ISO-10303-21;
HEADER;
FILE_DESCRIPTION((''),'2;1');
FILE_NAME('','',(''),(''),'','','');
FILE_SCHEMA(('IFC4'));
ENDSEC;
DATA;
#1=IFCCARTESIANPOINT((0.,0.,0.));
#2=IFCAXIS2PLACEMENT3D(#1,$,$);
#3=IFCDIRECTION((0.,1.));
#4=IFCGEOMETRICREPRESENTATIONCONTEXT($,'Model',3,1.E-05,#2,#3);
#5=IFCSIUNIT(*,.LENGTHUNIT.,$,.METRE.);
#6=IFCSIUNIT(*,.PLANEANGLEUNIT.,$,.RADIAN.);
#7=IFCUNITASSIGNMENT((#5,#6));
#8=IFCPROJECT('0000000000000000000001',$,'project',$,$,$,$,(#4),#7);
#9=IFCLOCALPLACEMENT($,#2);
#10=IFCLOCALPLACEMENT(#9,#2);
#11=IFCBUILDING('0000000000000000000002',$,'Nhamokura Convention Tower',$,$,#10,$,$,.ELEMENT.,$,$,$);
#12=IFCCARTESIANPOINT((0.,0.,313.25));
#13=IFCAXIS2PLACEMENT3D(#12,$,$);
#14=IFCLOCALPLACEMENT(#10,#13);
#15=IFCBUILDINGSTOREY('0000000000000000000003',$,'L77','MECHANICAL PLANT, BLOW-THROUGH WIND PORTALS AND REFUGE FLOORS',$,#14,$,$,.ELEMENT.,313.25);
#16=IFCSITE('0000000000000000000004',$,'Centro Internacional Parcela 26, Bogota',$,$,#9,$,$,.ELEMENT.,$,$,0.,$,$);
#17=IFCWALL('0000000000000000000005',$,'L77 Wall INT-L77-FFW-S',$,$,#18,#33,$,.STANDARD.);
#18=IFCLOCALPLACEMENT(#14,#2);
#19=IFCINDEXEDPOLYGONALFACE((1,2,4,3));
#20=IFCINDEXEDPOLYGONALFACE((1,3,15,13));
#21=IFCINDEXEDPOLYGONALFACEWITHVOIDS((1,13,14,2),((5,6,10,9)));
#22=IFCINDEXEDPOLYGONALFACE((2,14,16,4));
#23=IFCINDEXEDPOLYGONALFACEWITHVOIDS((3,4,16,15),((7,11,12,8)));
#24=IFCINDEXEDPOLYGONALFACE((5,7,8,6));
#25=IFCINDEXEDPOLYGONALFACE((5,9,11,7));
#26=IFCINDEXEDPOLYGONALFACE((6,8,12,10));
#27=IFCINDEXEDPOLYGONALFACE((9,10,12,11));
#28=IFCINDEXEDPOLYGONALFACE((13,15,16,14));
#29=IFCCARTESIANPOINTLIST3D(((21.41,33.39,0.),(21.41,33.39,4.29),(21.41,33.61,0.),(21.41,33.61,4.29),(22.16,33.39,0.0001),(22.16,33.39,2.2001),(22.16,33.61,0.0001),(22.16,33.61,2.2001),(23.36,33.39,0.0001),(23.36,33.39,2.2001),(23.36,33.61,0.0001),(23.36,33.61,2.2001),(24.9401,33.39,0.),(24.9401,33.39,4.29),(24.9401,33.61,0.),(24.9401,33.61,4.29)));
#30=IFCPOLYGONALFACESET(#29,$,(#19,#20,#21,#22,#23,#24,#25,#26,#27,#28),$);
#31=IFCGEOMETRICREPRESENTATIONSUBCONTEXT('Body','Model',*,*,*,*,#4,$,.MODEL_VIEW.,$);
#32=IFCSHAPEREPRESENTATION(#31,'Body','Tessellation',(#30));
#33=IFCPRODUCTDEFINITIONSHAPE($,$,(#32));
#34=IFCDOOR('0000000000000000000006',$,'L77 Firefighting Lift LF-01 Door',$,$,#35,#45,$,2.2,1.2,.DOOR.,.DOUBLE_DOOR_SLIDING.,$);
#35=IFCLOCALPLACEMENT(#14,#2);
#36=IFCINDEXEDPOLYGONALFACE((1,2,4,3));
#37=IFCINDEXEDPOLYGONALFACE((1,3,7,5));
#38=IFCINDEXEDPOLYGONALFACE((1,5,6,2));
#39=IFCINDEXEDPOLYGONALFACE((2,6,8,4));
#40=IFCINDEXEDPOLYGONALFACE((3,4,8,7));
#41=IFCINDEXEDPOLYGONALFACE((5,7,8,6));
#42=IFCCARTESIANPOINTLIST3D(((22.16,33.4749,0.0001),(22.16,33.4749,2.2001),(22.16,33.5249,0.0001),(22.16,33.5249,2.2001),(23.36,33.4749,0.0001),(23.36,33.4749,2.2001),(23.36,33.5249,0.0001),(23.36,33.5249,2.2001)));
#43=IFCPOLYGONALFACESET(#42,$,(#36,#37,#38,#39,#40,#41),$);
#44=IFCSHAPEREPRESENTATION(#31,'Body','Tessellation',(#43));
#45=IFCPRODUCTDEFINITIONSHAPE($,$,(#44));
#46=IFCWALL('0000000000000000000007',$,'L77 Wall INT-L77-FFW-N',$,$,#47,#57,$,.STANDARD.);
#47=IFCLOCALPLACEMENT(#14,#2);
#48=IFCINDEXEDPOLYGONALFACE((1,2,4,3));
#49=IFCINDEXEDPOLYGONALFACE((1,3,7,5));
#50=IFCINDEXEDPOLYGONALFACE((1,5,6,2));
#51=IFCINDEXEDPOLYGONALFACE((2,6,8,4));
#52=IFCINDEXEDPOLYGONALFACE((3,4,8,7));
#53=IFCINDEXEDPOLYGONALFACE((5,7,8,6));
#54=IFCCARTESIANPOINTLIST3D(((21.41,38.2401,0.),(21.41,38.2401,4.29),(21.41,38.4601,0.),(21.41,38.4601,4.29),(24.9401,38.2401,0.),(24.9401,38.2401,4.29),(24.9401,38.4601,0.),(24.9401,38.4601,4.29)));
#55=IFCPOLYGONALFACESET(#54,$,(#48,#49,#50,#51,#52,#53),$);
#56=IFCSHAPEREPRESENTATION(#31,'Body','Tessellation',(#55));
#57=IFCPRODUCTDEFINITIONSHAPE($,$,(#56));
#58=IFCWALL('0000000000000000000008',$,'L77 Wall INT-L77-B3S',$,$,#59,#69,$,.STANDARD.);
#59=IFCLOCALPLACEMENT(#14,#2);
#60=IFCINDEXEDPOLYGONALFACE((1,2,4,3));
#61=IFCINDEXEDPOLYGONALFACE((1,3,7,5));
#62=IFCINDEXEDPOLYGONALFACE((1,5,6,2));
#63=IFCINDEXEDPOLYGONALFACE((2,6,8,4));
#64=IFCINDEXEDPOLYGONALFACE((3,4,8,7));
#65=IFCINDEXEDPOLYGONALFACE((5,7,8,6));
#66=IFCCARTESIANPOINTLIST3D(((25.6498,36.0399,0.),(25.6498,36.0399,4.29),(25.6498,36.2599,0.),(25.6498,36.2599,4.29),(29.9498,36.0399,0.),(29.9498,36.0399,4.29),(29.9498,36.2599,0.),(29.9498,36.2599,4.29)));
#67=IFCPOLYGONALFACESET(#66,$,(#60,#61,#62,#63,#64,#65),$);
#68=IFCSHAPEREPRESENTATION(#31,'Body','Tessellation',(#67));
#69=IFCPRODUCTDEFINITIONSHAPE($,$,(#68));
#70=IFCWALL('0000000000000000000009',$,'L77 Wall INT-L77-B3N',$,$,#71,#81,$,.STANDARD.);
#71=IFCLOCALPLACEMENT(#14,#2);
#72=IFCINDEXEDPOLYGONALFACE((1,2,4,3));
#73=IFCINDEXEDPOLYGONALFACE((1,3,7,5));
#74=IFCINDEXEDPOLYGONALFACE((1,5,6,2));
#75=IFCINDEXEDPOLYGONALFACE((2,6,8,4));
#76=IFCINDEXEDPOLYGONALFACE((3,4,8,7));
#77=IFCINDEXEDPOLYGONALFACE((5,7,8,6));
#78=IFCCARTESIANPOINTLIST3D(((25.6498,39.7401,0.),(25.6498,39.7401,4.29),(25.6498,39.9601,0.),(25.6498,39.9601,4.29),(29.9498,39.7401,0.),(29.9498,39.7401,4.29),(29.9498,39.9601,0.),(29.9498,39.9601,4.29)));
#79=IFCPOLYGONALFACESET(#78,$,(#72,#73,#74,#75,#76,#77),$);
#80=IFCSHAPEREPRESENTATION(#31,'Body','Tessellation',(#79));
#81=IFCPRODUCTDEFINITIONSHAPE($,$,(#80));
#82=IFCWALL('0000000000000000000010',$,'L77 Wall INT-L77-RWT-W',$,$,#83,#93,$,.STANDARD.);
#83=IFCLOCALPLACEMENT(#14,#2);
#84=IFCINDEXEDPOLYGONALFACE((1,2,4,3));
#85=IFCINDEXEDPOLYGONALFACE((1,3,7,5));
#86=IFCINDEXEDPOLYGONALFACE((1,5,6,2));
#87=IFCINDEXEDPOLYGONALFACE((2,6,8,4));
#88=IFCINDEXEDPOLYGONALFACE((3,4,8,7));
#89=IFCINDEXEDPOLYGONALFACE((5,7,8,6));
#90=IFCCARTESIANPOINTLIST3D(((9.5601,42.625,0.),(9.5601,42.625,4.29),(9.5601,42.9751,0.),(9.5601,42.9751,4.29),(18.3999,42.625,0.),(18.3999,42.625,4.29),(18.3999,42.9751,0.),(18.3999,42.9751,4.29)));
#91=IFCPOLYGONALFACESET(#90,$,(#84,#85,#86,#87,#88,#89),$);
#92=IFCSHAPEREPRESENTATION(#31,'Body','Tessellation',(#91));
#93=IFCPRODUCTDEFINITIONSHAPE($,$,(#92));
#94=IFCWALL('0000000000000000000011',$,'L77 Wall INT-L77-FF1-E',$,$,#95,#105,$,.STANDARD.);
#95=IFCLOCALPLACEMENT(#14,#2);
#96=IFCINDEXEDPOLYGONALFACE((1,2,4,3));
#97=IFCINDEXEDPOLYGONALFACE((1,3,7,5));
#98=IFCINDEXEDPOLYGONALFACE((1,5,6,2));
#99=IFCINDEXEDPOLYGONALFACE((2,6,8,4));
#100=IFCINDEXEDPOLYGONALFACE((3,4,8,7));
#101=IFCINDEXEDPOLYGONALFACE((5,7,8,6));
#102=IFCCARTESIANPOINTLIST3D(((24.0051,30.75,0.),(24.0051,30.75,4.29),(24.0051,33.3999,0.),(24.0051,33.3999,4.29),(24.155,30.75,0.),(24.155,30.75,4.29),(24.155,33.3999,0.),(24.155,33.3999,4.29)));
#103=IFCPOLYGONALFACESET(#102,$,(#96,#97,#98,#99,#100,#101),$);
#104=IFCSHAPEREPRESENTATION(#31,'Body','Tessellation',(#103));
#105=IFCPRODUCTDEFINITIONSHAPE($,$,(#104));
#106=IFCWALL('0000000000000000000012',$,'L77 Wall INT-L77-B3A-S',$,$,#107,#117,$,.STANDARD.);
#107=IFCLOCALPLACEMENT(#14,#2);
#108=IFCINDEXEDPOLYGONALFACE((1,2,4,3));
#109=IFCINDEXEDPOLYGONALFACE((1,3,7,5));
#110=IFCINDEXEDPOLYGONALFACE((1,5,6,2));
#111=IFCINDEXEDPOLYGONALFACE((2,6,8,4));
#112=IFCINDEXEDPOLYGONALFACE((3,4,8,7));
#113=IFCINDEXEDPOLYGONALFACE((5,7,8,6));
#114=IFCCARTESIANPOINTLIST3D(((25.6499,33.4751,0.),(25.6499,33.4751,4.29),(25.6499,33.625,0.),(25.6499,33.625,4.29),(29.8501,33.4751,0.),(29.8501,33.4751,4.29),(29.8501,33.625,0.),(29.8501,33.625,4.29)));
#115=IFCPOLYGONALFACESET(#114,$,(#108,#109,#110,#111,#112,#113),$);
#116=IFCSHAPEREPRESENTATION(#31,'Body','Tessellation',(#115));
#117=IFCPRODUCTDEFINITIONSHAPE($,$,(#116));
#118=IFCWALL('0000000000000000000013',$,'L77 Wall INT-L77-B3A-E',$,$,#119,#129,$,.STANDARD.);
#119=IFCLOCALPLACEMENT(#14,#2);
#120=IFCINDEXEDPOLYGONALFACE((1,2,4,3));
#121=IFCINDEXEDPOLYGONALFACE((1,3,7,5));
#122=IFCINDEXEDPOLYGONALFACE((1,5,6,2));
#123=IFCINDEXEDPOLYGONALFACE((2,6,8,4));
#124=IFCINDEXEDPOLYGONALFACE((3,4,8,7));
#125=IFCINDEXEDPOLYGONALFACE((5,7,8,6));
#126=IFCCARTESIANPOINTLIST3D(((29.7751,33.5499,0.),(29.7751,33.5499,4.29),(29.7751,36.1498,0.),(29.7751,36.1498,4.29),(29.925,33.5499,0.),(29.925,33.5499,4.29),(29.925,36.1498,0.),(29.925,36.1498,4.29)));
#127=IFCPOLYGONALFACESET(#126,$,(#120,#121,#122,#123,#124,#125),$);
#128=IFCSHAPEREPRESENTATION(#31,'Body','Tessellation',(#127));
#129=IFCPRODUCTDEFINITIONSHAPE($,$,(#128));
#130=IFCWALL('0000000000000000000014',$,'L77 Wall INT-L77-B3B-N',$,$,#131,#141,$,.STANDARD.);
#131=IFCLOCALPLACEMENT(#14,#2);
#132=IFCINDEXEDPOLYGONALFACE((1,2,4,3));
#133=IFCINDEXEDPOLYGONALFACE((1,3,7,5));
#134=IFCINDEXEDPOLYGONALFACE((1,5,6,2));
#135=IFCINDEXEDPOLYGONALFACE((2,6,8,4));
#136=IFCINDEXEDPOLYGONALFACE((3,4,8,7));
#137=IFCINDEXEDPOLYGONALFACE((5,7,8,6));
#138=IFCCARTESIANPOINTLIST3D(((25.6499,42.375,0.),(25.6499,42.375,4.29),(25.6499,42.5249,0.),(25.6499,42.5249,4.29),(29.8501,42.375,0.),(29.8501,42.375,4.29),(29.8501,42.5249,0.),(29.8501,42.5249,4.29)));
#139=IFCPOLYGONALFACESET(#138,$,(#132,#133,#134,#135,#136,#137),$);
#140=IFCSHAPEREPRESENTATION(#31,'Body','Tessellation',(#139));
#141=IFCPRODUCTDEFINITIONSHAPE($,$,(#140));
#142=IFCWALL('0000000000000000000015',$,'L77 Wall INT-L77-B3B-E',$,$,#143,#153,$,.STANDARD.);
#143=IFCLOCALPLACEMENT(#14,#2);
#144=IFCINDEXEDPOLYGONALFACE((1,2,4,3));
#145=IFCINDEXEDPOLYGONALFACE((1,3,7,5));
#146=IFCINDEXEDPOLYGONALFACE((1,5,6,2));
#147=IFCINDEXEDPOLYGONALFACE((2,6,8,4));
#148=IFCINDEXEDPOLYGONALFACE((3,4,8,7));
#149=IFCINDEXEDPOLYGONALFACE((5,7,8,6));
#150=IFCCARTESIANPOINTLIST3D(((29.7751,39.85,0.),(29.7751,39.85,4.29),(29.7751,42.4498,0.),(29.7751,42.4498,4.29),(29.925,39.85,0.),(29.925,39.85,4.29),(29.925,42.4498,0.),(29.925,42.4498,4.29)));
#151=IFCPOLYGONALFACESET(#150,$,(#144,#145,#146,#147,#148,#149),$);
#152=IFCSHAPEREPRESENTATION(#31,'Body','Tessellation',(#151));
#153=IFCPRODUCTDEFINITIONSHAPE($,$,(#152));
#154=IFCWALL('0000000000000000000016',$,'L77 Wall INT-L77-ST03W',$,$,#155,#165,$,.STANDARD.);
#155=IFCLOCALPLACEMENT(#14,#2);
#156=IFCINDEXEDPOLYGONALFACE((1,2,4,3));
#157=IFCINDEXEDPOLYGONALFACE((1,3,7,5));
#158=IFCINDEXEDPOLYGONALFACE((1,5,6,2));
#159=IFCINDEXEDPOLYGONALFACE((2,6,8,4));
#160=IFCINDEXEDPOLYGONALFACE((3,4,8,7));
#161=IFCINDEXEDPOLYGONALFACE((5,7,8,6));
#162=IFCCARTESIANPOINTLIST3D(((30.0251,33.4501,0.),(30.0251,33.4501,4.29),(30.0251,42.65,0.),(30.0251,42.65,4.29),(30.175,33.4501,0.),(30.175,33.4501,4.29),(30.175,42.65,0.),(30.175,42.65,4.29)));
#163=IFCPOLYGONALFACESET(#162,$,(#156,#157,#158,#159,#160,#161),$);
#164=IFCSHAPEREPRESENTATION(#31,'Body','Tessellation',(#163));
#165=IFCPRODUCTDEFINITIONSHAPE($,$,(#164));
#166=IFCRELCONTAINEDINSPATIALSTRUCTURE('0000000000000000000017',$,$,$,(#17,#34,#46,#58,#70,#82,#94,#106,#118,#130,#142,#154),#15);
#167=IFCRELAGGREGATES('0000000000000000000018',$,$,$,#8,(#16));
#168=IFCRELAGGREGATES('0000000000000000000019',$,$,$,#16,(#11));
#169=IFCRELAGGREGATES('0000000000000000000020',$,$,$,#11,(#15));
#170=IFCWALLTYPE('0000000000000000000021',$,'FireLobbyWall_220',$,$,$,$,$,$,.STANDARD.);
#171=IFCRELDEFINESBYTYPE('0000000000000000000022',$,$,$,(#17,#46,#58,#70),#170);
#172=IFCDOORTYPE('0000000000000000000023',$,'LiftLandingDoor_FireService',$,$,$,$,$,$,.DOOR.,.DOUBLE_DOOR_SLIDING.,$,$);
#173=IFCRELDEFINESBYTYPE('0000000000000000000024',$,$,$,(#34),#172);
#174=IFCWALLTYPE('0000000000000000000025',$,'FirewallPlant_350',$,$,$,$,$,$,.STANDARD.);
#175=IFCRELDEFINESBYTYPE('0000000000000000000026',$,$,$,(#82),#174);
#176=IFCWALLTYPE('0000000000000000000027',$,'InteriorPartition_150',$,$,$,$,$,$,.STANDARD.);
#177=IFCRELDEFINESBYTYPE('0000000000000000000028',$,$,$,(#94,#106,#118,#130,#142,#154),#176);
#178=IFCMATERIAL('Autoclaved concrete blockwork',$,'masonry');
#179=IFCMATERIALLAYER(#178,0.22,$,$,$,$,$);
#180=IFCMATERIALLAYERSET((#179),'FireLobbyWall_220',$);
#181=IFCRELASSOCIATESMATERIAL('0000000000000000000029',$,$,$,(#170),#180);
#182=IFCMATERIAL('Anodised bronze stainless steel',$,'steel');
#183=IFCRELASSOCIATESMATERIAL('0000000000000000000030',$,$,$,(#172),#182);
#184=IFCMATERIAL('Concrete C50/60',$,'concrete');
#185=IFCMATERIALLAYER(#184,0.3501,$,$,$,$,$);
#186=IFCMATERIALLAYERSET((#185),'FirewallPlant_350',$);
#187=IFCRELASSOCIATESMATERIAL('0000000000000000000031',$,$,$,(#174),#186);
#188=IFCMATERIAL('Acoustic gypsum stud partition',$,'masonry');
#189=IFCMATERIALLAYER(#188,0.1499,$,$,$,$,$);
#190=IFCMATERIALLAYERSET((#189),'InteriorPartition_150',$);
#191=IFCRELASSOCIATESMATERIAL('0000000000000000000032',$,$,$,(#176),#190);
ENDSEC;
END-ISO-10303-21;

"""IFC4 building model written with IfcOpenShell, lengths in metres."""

from ifc_helpers import new_model, si_unit, direction, frame, frame_2d, origin, place, context, subcontext, project, spatial, rectangle, extrude, material, layer, layer_set, type_object, element, fill, save


model = new_model("IFC4")

# Units and contexts
model_context = context("Model", 3, precision=1e-05, world=origin(), true_north=direction((0.0, 1.0)))
body_context = subcontext(model_context, "Body", "Model", "MODEL_VIEW")
ifc_project = project(units=[si_unit("LENGTHUNIT", "METRE"), si_unit("PLANEANGLEUNIT", "RADIAN")], contexts=[model_context])

# Site, building, storey
site_placement = place(None, origin())
site = spatial("IfcSite", under=ifc_project, at=site_placement, Name="Centro Internacional Parcela 26, Bogota", CompositionType="ELEMENT", RefElevation=0.0)
building_placement = place(site_placement, origin())
building = spatial("IfcBuilding", under=site, at=building_placement, Name="Nhamokura Convention Tower", CompositionType="ELEMENT")
storey_placement = place(building_placement, frame((0.0, 0.0, 313.25)))
storey = spatial("IfcBuildingStorey", under=building, at=storey_placement, Name="L77", Description="MECHANICAL PLANT, BLOW-THROUGH WIND PORTALS AND REFUGE FLOORS", CompositionType="ELEMENT", Elevation=313.25)

# Wall, opening, door
ifc_material_1 = material(Name="Autoclaved concrete blockwork", Category="masonry")
ifc_layer_1 = layer(ifc_material_1, 0.22)
ifc_layer_set_1 = layer_set([ifc_layer_1], Name="FireLobbyWall_220")
wall_type_1 = type_object("IfcWallType", Name="FireLobbyWall_220", PredefinedType="STANDARD", material=ifc_layer_set_1)
wall_1_placement = place(storey_placement, frame((21.4099, 33.5, 0.0), z_axis=(0.0, 0.0, 1.0), x_axis=(1.0, 0.0, 0.0)))
wall_1 = element("IfcWall", 1, at=wall_1_placement, inside=storey, type_object=wall_type_1, Name="L77 Wall INT-L77-FFW-S", PredefinedType="STANDARD", context=body_context, shape_type="SweptSolid", body=[
    extrude(rectangle(XDim=3.53, YDim=0.22, at=frame_2d((1.7651, 0.0))), origin(), (0.0, 0.0, 1.0), 4.29),
])
opening_1_placement = place(wall_1_placement, frame((0.75, 0.0, 0.0)))
opening_1 = element("IfcOpeningElement", 2, at=opening_1_placement, cuts=wall_1, PredefinedType="OPENING", context=body_context, shape_type="SweptSolid", body=[
    extrude(rectangle(XDim=1.2, YDim=2.2, at=frame_2d((0.6001, 1.1001))), frame((0.0, 0.1199, 0.0), z_axis=(0.0, -1.0, 0.0), x_axis=(1.0, 0.0, 0.0)), (0.0, 0.0, 1.0), 0.24),
])
ifc_material_2 = material(Name="Anodised bronze stainless steel", Category="steel")
door_type_1 = type_object("IfcDoorType", Name="LiftLandingDoor_FireService", OperationType="DOUBLE_DOOR_SLIDING", PredefinedType="DOOR", material=ifc_material_2)
door_1_placement = place(opening_1_placement, origin())
door_1 = element("IfcDoor", 3, at=door_1_placement, inside=storey, type_object=door_type_1, Name="L77 Firefighting Lift LF-01 Door", OperationType="DOUBLE_DOOR_SLIDING", OverallHeight=2.2, OverallWidth=1.2, PredefinedType="DOOR", context=body_context, shape_type="SweptSolid", body=[
    extrude(rectangle(XDim=1.2, YDim=2.2, at=frame_2d((0.6001, 1.1001))), frame((0.0, 0.0249, 0.0), z_axis=(0.0, -1.0, 0.0), x_axis=(1.0, 0.0, 0.0)), (0.0, 0.0, 1.0), 0.05),
])
fill(opening_1, door_1)

# Walls
wall_2_placement = place(storey_placement, frame((21.4099, 38.3501, 0.0), z_axis=(0.0, 0.0, 1.0), x_axis=(1.0, 0.0, 0.0)))
element("IfcWall", 4, at=wall_2_placement, inside=storey, type_object=wall_type_1, Name="L77 Wall INT-L77-FFW-N", PredefinedType="STANDARD", context=body_context, shape_type="SweptSolid", body=[
    extrude(rectangle(XDim=3.53, YDim=0.22, at=frame_2d((1.7651, 0.0))), origin(), (0.0, 0.0, 1.0), 4.29),
])
for number, where, z_axis, x_axis, name in (
    (5, (25.6499, 36.1499, 0.0), (0.0, 0.0, 1.0), (1.0, 0.0, 0.0), "L77 Wall INT-L77-B3S"),
    (6, (25.6499, 39.8501, 0.0), (0.0, 0.0, 1.0), (1.0, 0.0, 0.0), "L77 Wall INT-L77-B3N"),
):
    element("IfcWall", number, at=place(storey_placement, frame(where, z_axis=z_axis, x_axis=x_axis)), inside=storey, type_object=wall_type_1, Name=name, PredefinedType="STANDARD", context=body_context, shape_type="SweptSolid", body=[
        extrude(rectangle(XDim=4.3, YDim=0.22, at=frame_2d((2.1499, 0.0))), origin(), (0.0, 0.0, 1.0), 4.29),
    ])

# Shared definitions
ifc_material_3 = material(Name="Concrete C50/60", Category="concrete")
ifc_layer_2 = layer(ifc_material_3, 0.3501)
ifc_layer_set_2 = layer_set([ifc_layer_2], Name="FirewallPlant_350")
wall_type_2 = type_object("IfcWallType", Name="FirewallPlant_350", PredefinedType="STANDARD", material=ifc_layer_set_2)

# Walls
wall_3_placement = place(storey_placement, frame((9.5601, 42.8, 0.0), z_axis=(0.0, 0.0, 1.0), x_axis=(1.0, 0.0, 0.0)))
element("IfcWall", 7, at=wall_3_placement, inside=storey, type_object=wall_type_2, Name="L77 Wall INT-L77-RWT-W", PredefinedType="STANDARD", context=body_context, shape_type="SweptSolid", body=[
    extrude(rectangle(XDim=8.8398, YDim=0.3501, at=frame_2d((4.4199, 0.0))), origin(), (0.0, 0.0, 1.0), 4.29),
])
ifc_material_4 = material(Name="Acoustic gypsum stud partition", Category="masonry")
ifc_layer_3 = layer(ifc_material_4, 0.1499)
ifc_layer_set_3 = layer_set([ifc_layer_3], Name="InteriorPartition_150")
wall_type_3 = type_object("IfcWallType", Name="InteriorPartition_150", PredefinedType="STANDARD", material=ifc_layer_set_3)
wall_4_placement = place(storey_placement, frame((24.0801, 30.75, 0.0), z_axis=(0.0, 0.0, 1.0), x_axis=(0.0, 1.0, 0.0)))
element("IfcWall", 8, at=wall_4_placement, inside=storey, type_object=wall_type_3, Name="L77 Wall INT-L77-FF1-E", PredefinedType="STANDARD", context=body_context, shape_type="SweptSolid", body=[
    extrude(rectangle(XDim=2.6499, YDim=0.1499, at=frame_2d((1.325, 0.0))), origin(), (0.0, 0.0, 1.0), 4.29),
])
wall_5_placement = place(storey_placement, frame((25.6499, 33.55, 0.0), z_axis=(0.0, 0.0, 1.0), x_axis=(1.0, 0.0, 0.0)))
element("IfcWall", 9, at=wall_5_placement, inside=storey, type_object=wall_type_3, Name="L77 Wall INT-L77-B3A-S", PredefinedType="STANDARD", context=body_context, shape_type="SweptSolid", body=[
    extrude(rectangle(XDim=4.2002, YDim=0.1499, at=frame_2d((2.1001, 0.0))), origin(), (0.0, 0.0, 1.0), 4.29),
])
wall_6_placement = place(storey_placement, frame((29.8501, 33.55, 0.0), z_axis=(0.0, 0.0, 1.0), x_axis=(0.0, 1.0, 0.0)))
element("IfcWall", 10, at=wall_6_placement, inside=storey, type_object=wall_type_3, Name="L77 Wall INT-L77-B3A-E", PredefinedType="STANDARD", context=body_context, shape_type="SweptSolid", body=[
    extrude(rectangle(XDim=2.5999, YDim=0.1499, at=frame_2d((1.2998, 0.0))), origin(), (0.0, 0.0, 1.0), 4.29),
])
wall_7_placement = place(storey_placement, frame((25.6499, 42.45, 0.0), z_axis=(0.0, 0.0, 1.0), x_axis=(1.0, 0.0, 0.0)))
element("IfcWall", 11, at=wall_7_placement, inside=storey, type_object=wall_type_3, Name="L77 Wall INT-L77-B3B-N", PredefinedType="STANDARD", context=body_context, shape_type="SweptSolid", body=[
    extrude(rectangle(XDim=4.2002, YDim=0.1499, at=frame_2d((2.1001, 0.0))), origin(), (0.0, 0.0, 1.0), 4.29),
])
wall_8_placement = place(storey_placement, frame((29.8501, 39.8501, 0.0), z_axis=(0.0, 0.0, 1.0), x_axis=(0.0, 1.0, 0.0)))
element("IfcWall", 12, at=wall_8_placement, inside=storey, type_object=wall_type_3, Name="L77 Wall INT-L77-B3B-E", PredefinedType="STANDARD", context=body_context, shape_type="SweptSolid", body=[
    extrude(rectangle(XDim=2.5999, YDim=0.1499, at=frame_2d((1.2998, 0.0))), origin(), (0.0, 0.0, 1.0), 4.29),
])
wall_9_placement = place(storey_placement, frame((30.1001, 33.45, 0.0), z_axis=(0.0, 0.0, 1.0), x_axis=(0.0, 1.0, 0.0)))
element("IfcWall", 13, at=wall_9_placement, inside=storey, type_object=wall_type_3, Name="L77 Wall INT-L77-ST03W", PredefinedType="STANDARD", context=body_context, shape_type="SweptSolid", body=[
    extrude(rectangle(XDim=9.2, YDim=0.1499, at=frame_2d((4.6001, 0.0))), origin(), (0.0, 0.0, 1.0), 4.29),
])

save(model, "model.ifc")
